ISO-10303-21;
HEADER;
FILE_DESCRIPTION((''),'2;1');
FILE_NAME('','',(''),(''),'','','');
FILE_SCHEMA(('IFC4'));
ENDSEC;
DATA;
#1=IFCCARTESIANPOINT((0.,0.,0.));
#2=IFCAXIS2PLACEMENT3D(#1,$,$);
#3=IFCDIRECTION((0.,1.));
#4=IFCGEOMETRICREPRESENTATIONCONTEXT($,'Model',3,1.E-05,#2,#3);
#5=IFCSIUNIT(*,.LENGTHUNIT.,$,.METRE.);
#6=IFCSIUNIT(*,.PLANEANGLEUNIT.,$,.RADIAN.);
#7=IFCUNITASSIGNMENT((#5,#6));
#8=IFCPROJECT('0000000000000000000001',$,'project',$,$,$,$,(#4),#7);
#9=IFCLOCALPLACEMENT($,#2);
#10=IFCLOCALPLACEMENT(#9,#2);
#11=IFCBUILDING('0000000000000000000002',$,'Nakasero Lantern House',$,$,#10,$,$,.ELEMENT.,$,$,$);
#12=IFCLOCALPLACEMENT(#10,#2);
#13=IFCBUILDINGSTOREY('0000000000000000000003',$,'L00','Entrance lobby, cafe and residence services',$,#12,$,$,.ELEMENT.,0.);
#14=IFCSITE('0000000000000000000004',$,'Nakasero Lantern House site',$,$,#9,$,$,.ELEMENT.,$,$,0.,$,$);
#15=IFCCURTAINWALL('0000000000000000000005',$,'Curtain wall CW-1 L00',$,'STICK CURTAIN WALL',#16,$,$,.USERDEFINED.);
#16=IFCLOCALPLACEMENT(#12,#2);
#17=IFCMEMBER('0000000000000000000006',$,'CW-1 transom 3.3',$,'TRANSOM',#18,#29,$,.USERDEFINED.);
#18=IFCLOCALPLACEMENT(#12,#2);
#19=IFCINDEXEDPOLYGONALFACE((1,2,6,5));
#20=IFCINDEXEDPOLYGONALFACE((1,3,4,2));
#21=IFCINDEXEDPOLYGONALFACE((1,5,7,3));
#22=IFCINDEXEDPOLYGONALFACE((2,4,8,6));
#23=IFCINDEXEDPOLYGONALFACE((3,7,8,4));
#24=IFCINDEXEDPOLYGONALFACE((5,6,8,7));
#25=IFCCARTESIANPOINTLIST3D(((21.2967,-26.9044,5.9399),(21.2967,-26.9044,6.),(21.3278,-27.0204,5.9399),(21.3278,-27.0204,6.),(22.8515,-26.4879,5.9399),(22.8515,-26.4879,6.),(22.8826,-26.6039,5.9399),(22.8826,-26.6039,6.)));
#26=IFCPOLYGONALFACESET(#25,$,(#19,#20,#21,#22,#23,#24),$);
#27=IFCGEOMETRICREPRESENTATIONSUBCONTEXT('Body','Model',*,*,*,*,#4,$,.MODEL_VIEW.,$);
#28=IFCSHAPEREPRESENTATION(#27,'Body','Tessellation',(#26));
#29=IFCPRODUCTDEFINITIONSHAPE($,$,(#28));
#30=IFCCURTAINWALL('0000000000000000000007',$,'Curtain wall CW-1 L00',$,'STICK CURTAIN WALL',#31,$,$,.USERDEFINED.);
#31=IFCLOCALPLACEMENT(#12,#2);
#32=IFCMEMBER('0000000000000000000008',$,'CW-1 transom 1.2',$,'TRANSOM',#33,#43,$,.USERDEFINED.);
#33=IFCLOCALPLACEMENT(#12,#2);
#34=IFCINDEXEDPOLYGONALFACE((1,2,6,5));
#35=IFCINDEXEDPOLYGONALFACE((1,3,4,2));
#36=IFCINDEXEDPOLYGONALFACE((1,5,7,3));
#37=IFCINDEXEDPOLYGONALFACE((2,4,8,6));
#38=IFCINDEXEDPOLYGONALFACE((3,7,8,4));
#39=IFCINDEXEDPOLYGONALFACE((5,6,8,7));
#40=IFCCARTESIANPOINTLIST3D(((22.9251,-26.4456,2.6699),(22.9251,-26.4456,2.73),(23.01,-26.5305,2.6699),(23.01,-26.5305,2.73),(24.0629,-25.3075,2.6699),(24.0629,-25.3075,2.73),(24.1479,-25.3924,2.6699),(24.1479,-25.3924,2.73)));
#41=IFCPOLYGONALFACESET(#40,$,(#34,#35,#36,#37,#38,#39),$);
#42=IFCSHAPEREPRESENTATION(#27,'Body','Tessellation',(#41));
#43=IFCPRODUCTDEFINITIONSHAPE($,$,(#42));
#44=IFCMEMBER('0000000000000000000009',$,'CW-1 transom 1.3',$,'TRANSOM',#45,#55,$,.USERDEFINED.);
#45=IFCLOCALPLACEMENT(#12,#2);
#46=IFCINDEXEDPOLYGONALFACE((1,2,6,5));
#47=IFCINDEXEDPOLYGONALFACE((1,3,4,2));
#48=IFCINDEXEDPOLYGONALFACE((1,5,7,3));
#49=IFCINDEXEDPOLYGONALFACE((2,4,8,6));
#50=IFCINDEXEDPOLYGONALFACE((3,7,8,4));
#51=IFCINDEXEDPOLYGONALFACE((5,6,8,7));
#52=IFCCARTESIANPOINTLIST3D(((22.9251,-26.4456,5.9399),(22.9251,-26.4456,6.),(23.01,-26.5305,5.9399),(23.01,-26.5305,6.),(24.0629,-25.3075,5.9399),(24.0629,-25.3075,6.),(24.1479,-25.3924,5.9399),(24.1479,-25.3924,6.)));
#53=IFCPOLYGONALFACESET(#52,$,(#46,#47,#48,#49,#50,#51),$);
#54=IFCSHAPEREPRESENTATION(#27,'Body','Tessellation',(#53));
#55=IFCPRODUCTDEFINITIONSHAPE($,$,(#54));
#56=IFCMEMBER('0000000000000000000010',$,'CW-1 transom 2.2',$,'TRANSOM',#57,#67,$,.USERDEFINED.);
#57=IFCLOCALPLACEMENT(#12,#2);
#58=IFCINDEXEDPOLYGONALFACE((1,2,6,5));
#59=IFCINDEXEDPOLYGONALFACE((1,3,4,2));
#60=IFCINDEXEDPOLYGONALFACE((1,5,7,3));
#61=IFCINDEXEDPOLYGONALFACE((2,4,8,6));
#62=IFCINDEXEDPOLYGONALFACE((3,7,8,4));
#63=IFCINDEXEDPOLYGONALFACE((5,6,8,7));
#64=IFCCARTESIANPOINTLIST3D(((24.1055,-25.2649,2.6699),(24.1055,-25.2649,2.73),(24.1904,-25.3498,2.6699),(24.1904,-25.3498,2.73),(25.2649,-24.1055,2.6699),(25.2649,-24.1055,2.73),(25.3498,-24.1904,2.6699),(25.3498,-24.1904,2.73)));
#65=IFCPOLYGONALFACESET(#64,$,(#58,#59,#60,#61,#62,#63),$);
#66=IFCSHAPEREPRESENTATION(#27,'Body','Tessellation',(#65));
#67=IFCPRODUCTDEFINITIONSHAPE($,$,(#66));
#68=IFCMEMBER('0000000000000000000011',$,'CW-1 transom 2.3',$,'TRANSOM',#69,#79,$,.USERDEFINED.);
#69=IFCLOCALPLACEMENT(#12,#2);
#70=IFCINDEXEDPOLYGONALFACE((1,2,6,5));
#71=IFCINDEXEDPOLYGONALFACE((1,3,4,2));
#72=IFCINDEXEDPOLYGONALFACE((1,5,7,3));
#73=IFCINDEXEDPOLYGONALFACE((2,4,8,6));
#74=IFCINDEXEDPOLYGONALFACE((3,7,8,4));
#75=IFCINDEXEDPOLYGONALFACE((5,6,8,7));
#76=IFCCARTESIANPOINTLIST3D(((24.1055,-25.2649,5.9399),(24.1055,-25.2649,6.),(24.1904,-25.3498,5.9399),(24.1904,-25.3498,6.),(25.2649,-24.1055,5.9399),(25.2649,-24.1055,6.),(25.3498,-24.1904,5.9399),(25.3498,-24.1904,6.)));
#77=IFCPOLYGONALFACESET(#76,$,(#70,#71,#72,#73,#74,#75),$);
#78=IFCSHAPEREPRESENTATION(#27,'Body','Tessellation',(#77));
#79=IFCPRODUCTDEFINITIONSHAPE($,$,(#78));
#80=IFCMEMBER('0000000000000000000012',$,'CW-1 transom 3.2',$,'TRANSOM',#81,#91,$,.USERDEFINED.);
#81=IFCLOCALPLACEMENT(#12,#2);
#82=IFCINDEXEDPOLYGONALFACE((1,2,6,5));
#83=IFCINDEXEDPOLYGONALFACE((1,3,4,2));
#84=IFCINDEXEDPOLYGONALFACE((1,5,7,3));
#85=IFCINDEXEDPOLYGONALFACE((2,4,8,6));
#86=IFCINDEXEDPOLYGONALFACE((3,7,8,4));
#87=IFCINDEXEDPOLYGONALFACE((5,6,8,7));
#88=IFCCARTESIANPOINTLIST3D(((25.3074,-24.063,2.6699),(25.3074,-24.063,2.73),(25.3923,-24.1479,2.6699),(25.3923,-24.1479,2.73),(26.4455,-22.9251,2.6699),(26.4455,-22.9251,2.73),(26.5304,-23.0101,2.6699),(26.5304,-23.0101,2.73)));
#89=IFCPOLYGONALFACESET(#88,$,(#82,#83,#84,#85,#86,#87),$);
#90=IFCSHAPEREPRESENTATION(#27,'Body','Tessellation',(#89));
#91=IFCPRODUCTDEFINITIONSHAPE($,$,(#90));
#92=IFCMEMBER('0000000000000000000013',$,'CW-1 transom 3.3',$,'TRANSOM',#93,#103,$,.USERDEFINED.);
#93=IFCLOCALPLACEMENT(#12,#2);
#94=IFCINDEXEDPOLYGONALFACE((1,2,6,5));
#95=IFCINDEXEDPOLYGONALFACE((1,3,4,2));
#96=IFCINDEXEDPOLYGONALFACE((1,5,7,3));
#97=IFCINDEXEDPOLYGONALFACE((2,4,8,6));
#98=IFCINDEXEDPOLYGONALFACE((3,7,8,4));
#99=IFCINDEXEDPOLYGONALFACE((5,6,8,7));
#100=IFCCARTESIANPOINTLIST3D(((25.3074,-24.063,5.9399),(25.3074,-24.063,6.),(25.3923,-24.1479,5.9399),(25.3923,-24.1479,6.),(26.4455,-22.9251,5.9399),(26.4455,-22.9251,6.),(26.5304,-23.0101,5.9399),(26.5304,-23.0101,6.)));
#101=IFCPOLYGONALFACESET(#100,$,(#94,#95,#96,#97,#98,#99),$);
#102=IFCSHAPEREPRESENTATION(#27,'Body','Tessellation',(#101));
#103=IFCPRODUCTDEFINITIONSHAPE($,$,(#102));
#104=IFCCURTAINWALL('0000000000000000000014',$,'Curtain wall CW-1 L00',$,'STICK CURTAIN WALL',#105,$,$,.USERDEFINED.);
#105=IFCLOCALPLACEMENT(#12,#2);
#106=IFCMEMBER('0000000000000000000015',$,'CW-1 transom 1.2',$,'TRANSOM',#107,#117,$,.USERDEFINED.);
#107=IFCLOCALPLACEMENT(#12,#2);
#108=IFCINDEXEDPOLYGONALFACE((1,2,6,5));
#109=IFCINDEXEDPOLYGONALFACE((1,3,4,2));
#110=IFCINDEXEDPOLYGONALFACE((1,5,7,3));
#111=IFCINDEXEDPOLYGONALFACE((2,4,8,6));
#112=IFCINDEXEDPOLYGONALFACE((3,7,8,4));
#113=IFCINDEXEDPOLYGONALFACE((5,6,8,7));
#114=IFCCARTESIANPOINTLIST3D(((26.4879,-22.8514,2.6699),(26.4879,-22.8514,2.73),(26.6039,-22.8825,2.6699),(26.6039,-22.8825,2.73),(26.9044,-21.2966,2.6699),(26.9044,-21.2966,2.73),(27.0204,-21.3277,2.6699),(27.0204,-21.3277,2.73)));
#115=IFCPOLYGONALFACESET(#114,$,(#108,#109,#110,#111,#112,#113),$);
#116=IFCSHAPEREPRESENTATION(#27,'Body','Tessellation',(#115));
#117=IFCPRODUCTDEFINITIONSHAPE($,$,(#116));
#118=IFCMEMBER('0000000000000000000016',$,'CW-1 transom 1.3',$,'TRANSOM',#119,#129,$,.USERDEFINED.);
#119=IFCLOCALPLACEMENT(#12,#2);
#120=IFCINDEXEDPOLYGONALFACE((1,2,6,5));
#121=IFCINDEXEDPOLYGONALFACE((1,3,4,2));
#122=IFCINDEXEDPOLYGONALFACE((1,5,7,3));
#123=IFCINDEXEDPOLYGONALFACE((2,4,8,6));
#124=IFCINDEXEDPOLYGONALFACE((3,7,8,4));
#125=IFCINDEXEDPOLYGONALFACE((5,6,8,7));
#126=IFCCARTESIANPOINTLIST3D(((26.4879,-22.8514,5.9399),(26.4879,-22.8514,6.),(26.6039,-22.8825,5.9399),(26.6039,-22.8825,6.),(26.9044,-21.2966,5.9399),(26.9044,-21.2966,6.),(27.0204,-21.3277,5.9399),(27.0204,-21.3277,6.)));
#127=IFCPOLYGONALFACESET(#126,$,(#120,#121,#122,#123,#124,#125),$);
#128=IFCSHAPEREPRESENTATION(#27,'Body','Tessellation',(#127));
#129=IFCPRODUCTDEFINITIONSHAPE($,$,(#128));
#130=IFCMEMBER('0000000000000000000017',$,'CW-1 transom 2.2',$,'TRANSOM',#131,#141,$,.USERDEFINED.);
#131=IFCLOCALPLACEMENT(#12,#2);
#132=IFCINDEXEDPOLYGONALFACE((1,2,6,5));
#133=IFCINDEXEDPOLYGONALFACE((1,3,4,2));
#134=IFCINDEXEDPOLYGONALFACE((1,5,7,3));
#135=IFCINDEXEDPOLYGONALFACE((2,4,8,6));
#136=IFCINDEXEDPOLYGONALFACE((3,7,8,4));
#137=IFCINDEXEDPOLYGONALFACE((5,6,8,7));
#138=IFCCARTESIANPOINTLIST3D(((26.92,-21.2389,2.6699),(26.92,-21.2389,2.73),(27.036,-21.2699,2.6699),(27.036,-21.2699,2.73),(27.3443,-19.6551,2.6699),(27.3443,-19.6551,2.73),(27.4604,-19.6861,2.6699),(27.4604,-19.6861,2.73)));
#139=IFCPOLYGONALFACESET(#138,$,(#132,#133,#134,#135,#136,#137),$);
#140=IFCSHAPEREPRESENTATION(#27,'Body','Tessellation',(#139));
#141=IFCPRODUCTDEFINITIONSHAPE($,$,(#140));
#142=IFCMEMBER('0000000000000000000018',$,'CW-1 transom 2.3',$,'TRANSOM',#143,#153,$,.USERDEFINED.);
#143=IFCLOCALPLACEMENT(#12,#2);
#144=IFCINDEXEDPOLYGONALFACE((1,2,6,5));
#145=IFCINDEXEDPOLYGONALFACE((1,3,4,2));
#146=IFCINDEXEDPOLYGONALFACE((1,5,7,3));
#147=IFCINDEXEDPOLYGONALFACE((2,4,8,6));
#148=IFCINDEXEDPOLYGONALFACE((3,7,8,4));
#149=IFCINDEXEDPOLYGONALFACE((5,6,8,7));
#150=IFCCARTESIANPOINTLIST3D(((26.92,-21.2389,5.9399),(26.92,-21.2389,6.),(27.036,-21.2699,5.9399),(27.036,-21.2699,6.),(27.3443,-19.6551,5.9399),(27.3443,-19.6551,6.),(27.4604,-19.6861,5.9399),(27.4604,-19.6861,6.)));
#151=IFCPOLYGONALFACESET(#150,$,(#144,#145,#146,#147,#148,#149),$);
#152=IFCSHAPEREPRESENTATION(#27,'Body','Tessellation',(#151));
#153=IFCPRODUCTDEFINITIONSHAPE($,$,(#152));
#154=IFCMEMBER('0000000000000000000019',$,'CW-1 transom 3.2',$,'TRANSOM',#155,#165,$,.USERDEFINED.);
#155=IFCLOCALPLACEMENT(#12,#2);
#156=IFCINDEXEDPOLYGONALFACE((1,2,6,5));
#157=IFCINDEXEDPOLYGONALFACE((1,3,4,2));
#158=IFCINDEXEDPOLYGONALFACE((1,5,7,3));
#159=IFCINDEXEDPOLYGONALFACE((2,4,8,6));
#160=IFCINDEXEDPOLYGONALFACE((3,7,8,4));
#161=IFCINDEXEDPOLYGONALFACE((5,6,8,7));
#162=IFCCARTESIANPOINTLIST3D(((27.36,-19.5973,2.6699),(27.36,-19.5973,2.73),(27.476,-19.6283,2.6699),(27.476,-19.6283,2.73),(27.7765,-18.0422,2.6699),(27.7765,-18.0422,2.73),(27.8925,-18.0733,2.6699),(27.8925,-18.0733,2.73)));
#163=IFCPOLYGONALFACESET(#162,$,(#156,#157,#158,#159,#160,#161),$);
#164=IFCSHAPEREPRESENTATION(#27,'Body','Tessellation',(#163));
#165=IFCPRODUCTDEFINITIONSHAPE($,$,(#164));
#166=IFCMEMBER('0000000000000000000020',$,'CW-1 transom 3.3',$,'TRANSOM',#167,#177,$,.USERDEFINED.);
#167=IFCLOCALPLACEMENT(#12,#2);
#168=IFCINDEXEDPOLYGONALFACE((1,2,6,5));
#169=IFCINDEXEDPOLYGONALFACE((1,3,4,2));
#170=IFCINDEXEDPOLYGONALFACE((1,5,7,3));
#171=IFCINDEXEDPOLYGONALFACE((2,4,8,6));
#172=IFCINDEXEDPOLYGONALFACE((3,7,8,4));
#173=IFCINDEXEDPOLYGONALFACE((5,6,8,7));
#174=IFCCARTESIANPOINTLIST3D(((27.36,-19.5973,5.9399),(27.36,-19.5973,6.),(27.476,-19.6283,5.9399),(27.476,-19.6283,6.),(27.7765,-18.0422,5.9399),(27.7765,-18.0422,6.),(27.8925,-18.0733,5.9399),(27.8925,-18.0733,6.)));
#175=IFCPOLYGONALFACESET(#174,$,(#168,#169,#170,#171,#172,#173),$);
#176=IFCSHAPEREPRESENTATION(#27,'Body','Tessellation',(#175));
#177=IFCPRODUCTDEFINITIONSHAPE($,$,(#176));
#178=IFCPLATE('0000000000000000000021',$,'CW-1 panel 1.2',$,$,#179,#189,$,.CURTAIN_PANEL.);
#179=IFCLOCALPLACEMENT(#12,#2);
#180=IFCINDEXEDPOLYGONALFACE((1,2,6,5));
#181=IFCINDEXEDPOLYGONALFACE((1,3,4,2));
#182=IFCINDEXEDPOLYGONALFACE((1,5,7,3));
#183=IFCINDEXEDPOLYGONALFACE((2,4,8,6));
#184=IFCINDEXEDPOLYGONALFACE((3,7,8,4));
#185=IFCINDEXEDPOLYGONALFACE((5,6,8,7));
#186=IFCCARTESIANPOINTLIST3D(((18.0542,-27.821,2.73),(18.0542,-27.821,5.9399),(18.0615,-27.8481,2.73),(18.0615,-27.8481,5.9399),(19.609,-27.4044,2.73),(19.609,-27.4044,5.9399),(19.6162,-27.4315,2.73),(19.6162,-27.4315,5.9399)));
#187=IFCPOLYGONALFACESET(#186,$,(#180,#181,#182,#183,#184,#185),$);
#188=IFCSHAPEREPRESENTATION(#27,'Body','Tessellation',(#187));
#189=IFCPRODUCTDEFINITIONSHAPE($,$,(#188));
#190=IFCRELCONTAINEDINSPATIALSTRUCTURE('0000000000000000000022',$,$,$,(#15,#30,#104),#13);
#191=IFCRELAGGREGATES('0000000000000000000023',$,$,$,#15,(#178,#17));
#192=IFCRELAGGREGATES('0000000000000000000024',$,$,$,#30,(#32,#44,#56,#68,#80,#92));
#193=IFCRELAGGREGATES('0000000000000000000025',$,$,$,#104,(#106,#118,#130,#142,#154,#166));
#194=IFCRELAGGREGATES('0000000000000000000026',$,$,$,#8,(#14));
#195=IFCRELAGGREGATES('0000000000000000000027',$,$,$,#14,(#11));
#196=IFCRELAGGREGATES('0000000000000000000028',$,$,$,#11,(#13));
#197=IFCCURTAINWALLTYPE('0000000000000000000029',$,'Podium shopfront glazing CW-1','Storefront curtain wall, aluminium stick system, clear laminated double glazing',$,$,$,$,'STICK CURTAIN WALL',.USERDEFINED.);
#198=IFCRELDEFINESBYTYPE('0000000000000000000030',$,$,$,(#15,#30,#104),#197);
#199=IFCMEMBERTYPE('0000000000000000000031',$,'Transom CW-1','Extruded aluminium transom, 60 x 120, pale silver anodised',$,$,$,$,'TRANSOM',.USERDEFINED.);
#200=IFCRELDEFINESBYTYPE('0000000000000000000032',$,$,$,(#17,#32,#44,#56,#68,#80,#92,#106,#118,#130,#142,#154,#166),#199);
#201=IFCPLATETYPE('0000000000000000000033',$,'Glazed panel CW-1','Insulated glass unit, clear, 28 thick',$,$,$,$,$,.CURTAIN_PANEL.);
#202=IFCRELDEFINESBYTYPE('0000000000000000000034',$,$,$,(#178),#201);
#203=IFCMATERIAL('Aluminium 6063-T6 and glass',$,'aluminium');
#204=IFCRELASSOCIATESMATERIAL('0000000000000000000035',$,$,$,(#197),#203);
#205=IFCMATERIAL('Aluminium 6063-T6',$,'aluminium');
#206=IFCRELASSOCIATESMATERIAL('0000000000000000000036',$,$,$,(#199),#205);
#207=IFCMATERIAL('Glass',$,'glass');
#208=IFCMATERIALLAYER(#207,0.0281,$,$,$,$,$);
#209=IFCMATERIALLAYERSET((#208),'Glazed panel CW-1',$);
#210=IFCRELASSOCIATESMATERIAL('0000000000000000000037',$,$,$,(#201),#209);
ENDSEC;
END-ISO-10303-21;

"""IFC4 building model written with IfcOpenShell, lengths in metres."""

from ifc_helpers import new_model, si_unit, direction, frame, origin, origin_2d, place, context, subcontext, project, spatial, rectangle, extrude, material, layer, layer_set, material_profile, profile_set, type_object, element, aggregate, save


model = new_model("IFC4")

# Units and contexts
model_context = context("Model", 3, precision=1e-05, world=origin(), true_north=direction((0.0, 1.0)))
body_context = subcontext(model_context, "Body", "Model", "MODEL_VIEW")
ifc_project = project(units=[si_unit("LENGTHUNIT", "METRE"), si_unit("PLANEANGLEUNIT", "RADIAN")], contexts=[model_context])

# Site, building, storey
site_placement = place(None, origin())
site = spatial("IfcSite", under=ifc_project, at=site_placement, Name="Nakasero Lantern House site", CompositionType="ELEMENT", RefElevation=0.0)
building_placement = place(site_placement, origin())
building = spatial("IfcBuilding", under=site, at=building_placement, Name="Nakasero Lantern House", CompositionType="ELEMENT")
storey_placement = place(building_placement, origin())
storey = spatial("IfcBuildingStorey", under=building, at=storey_placement, Name="L00", Description="Entrance lobby, cafe and residence services", CompositionType="ELEMENT", Elevation=0.0)

# Curtain walls, members
ifc_material_1 = material(Name="Aluminium 6063-T6 and glass", Category="aluminium")
curtain_wall_type = type_object("IfcCurtainWallType", Name="Podium shopfront glazing CW-1", Description="Storefront curtain wall, aluminium stick system, clear laminated double glazing", ElementType="STICK CURTAIN WALL", PredefinedType="USERDEFINED", material=ifc_material_1)
curtain_wall_1_placement = place(storey_placement, origin())
curtain_wall_1 = element("IfcCurtainWall", 1, at=curtain_wall_1_placement, inside=storey, type_object=curtain_wall_type, Name="Curtain wall CW-1 L00", ObjectType="STICK CURTAIN WALL", PredefinedType="USERDEFINED")
ifc_material_2 = material(Name="Aluminium 6063-T6", Category="aluminium")
ifc_material_profile_1 = material_profile(ifc_material_2, rectangle(XDim=0.0601, YDim=0.1201, at=origin_2d()), Name="CW-1 transom 60x120")
ifc_profile_set_1 = profile_set([ifc_material_profile_1], Name="Aluminium 6063-T6")
member_type = type_object("IfcMemberType", Name="Transom CW-1", Description="Extruded aluminium transom, 60 x 120, pale silver anodised", ElementType="TRANSOM", PredefinedType="USERDEFINED", material=ifc_profile_set_1)
member_1_placement = place(storey_placement, frame((21.3123, -26.9624, 5.97), z_axis=(0.965937, 0.258777, 0.0), x_axis=(0.0, 0.0, 1.0)))
member_1 = element("IfcMember", 2, at=member_1_placement, type_object=member_type, Name="CW-1 transom 3.3", ObjectType="TRANSOM", PredefinedType="USERDEFINED", context=body_context, shape_type="SweptSolid", body=[
    extrude(rectangle(XDim=0.0601, YDim=0.1201, at=origin_2d()), origin(), (0.0, 0.0, 1.0), 1.6096),
])
curtain_wall_2_placement = place(storey_placement, origin())
curtain_wall_2 = element("IfcCurtainWall", 3, at=curtain_wall_2_placement, inside=storey, type_object=curtain_wall_type, Name="Curtain wall CW-1 L00", ObjectType="STICK CURTAIN WALL", PredefinedType="USERDEFINED")
member_2_placement = place(storey_placement, frame((22.9675, -26.488, 2.7), z_axis=(0.707031, 0.707183, 0.0), x_axis=(0.0, 0.0, 1.0)))
member_2 = element("IfcMember", 4, at=member_2_placement, type_object=member_type, Name="CW-1 transom 1.2", ObjectType="TRANSOM", PredefinedType="USERDEFINED", context=body_context, shape_type="SweptSolid", body=[
    extrude(rectangle(XDim=0.0601, YDim=0.1201, at=origin_2d()), origin(), (0.0, 0.0, 1.0), 1.6094),
])
member_3_placement = place(storey_placement, frame((22.9675, -26.488, 5.97), z_axis=(0.707031, 0.707183, 0.0), x_axis=(0.0, 0.0, 1.0)))
member_3 = element("IfcMember", 5, at=member_3_placement, type_object=member_type, Name="CW-1 transom 1.3", ObjectType="TRANSOM", PredefinedType="USERDEFINED", context=body_context, shape_type="SweptSolid", body=[
    extrude(rectangle(XDim=0.0601, YDim=0.1201, at=origin_2d()), origin(), (0.0, 0.0, 1.0), 1.6094),
])
member_4_placement = place(storey_placement, frame((24.1479, -25.3074, 2.7), z_axis=(0.707107, 0.707107, 0.0), x_axis=(0.0, 0.0, 1.0)))
member_4 = element("IfcMember", 6, at=member_4_placement, type_object=member_type, Name="CW-1 transom 2.2", ObjectType="TRANSOM", PredefinedType="USERDEFINED", context=body_context, shape_type="SweptSolid", body=[
    extrude(rectangle(XDim=0.0601, YDim=0.1201, at=origin_2d()), origin(), (0.0, 0.0, 1.0), 1.6396),
])
member_5_placement = place(storey_placement, frame((24.1479, -25.3074, 5.97), z_axis=(0.707107, 0.707107, 0.0), x_axis=(0.0, 0.0, 1.0)))
member_5 = element("IfcMember", 7, at=member_5_placement, type_object=member_type, Name="CW-1 transom 2.3", ObjectType="TRANSOM", PredefinedType="USERDEFINED", context=body_context, shape_type="SweptSolid", body=[
    extrude(rectangle(XDim=0.0601, YDim=0.1201, at=origin_2d()), origin(), (0.0, 0.0, 1.0), 1.6396),
])
member_6_placement = place(storey_placement, frame((25.3499, -24.1055, 2.7), z_axis=(0.707183, 0.707031, 0.0), x_axis=(0.0, 0.0, 1.0)))
member_6 = element("IfcMember", 8, at=member_6_placement, type_object=member_type, Name="CW-1 transom 3.2", ObjectType="TRANSOM", PredefinedType="USERDEFINED", context=body_context, shape_type="SweptSolid", body=[
    extrude(rectangle(XDim=0.0601, YDim=0.1201, at=origin_2d()), origin(), (0.0, 0.0, 1.0), 1.6094),
])
member_7_placement = place(storey_placement, frame((25.3499, -24.1055, 5.97), z_axis=(0.707183, 0.707031, 0.0), x_axis=(0.0, 0.0, 1.0)))
member_7 = element("IfcMember", 9, at=member_7_placement, type_object=member_type, Name="CW-1 transom 3.3", ObjectType="TRANSOM", PredefinedType="USERDEFINED", context=body_context, shape_type="SweptSolid", body=[
    extrude(rectangle(XDim=0.0601, YDim=0.1201, at=origin_2d()), origin(), (0.0, 0.0, 1.0), 1.6094),
])
curtain_wall_3_placement = place(storey_placement, origin())
curtain_wall_3 = element("IfcCurtainWall", 10, at=curtain_wall_3_placement, inside=storey, type_object=curtain_wall_type, Name="Curtain wall CW-1 L00", ObjectType="STICK CURTAIN WALL", PredefinedType="USERDEFINED")
member_8_placement = place(storey_placement, frame((26.5459, -22.8669, 2.7), z_axis=(0.258777, 0.965937, 0.0), x_axis=(0.0, 0.0, 1.0)))
member_8 = element("IfcMember", 11, at=member_8_placement, type_object=member_type, Name="CW-1 transom 1.2", ObjectType="TRANSOM", PredefinedType="USERDEFINED", context=body_context, shape_type="SweptSolid", body=[
    extrude(rectangle(XDim=0.0601, YDim=0.1201, at=origin_2d()), origin(), (0.0, 0.0, 1.0), 1.6096),
])
member_9_placement = place(storey_placement, frame((26.5459, -22.8669, 5.97), z_axis=(0.258777, 0.965937, 0.0), x_axis=(0.0, 0.0, 1.0)))
member_9 = element("IfcMember", 12, at=member_9_placement, type_object=member_type, Name="CW-1 transom 1.3", ObjectType="TRANSOM", PredefinedType="USERDEFINED", context=body_context, shape_type="SweptSolid", body=[
    extrude(rectangle(XDim=0.0601, YDim=0.1201, at=origin_2d()), origin(), (0.0, 0.0, 1.0), 1.6096),
])
member_10_placement = place(storey_placement, frame((26.978, -21.2544, 2.7), z_axis=(0.258793, 0.965933, 0.0), x_axis=(0.0, 0.0, 1.0)))
member_10 = element("IfcMember", 13, at=member_10_placement, type_object=member_type, Name="CW-1 transom 2.2", ObjectType="TRANSOM", PredefinedType="USERDEFINED", context=body_context, shape_type="SweptSolid", body=[
    extrude(rectangle(XDim=0.0601, YDim=0.1201, at=origin_2d()), origin(), (0.0, 0.0, 1.0), 1.6396),
])
member_11_placement = place(storey_placement, frame((26.978, -21.2544, 5.97), z_axis=(0.258793, 0.965933, 0.0), x_axis=(0.0, 0.0, 1.0)))
member_11 = element("IfcMember", 14, at=member_11_placement, type_object=member_type, Name="CW-1 transom 2.3", ObjectType="TRANSOM", PredefinedType="USERDEFINED", context=body_context, shape_type="SweptSolid", body=[
    extrude(rectangle(XDim=0.0601, YDim=0.1201, at=origin_2d()), origin(), (0.0, 0.0, 1.0), 1.6396),
])
member_12_placement = place(storey_placement, frame((27.418, -19.6128, 2.7), z_axis=(0.258739, 0.965947, 0.0), x_axis=(0.0, 0.0, 1.0)))
member_12 = element("IfcMember", 15, at=member_12_placement, type_object=member_type, Name="CW-1 transom 3.2", ObjectType="TRANSOM", PredefinedType="USERDEFINED", context=body_context, shape_type="SweptSolid", body=[
    extrude(rectangle(XDim=0.0601, YDim=0.1201, at=origin_2d()), origin(), (0.0, 0.0, 1.0), 1.6099),
])
member_13_placement = place(storey_placement, frame((27.418, -19.6128, 5.97), z_axis=(0.258739, 0.965947, 0.0), x_axis=(0.0, 0.0, 1.0)))
member_13 = element("IfcMember", 16, at=member_13_placement, type_object=member_type, Name="CW-1 transom 3.3", ObjectType="TRANSOM", PredefinedType="USERDEFINED", context=body_context, shape_type="SweptSolid", body=[
    extrude(rectangle(XDim=0.0601, YDim=0.1201, at=origin_2d()), origin(), (0.0, 0.0, 1.0), 1.6099),
])

# Plate
ifc_material_3 = material(Name="Glass", Category="glass")
ifc_layer = layer(ifc_material_3, 0.0281)
ifc_layer_set = layer_set([ifc_layer], Name="Glazed panel CW-1")
plate_type = type_object("IfcPlateType", Name="Glazed panel CW-1", Description="Insulated glass unit, clear, 28 thick", PredefinedType="CURTAIN_PANEL", material=ifc_layer_set)
plate_1_placement = place(storey_placement, frame((18.8352, -27.6262, 2.73), z_axis=(0.0, 0.0, 1.0), x_axis=(0.965926, 0.258819, 0.0)))
plate_1 = element("IfcPlate", 17, at=plate_1_placement, type_object=plate_type, Name="CW-1 panel 1.2", PredefinedType="CURTAIN_PANEL", context=body_context, shape_type="SweptSolid", body=[
    extrude(rectangle(XDim=1.6096, YDim=0.0281, at=origin_2d()), origin(), (0.0, 0.0, 1.0), 3.21),
])
aggregate(curtain_wall_1, [plate_1, member_1])
aggregate(curtain_wall_2, [member_2, member_3, member_4, member_5, member_6, member_7])
aggregate(curtain_wall_3, [member_8, member_9, member_10, member_11, member_12, member_13])

save(model, "model.ifc")
